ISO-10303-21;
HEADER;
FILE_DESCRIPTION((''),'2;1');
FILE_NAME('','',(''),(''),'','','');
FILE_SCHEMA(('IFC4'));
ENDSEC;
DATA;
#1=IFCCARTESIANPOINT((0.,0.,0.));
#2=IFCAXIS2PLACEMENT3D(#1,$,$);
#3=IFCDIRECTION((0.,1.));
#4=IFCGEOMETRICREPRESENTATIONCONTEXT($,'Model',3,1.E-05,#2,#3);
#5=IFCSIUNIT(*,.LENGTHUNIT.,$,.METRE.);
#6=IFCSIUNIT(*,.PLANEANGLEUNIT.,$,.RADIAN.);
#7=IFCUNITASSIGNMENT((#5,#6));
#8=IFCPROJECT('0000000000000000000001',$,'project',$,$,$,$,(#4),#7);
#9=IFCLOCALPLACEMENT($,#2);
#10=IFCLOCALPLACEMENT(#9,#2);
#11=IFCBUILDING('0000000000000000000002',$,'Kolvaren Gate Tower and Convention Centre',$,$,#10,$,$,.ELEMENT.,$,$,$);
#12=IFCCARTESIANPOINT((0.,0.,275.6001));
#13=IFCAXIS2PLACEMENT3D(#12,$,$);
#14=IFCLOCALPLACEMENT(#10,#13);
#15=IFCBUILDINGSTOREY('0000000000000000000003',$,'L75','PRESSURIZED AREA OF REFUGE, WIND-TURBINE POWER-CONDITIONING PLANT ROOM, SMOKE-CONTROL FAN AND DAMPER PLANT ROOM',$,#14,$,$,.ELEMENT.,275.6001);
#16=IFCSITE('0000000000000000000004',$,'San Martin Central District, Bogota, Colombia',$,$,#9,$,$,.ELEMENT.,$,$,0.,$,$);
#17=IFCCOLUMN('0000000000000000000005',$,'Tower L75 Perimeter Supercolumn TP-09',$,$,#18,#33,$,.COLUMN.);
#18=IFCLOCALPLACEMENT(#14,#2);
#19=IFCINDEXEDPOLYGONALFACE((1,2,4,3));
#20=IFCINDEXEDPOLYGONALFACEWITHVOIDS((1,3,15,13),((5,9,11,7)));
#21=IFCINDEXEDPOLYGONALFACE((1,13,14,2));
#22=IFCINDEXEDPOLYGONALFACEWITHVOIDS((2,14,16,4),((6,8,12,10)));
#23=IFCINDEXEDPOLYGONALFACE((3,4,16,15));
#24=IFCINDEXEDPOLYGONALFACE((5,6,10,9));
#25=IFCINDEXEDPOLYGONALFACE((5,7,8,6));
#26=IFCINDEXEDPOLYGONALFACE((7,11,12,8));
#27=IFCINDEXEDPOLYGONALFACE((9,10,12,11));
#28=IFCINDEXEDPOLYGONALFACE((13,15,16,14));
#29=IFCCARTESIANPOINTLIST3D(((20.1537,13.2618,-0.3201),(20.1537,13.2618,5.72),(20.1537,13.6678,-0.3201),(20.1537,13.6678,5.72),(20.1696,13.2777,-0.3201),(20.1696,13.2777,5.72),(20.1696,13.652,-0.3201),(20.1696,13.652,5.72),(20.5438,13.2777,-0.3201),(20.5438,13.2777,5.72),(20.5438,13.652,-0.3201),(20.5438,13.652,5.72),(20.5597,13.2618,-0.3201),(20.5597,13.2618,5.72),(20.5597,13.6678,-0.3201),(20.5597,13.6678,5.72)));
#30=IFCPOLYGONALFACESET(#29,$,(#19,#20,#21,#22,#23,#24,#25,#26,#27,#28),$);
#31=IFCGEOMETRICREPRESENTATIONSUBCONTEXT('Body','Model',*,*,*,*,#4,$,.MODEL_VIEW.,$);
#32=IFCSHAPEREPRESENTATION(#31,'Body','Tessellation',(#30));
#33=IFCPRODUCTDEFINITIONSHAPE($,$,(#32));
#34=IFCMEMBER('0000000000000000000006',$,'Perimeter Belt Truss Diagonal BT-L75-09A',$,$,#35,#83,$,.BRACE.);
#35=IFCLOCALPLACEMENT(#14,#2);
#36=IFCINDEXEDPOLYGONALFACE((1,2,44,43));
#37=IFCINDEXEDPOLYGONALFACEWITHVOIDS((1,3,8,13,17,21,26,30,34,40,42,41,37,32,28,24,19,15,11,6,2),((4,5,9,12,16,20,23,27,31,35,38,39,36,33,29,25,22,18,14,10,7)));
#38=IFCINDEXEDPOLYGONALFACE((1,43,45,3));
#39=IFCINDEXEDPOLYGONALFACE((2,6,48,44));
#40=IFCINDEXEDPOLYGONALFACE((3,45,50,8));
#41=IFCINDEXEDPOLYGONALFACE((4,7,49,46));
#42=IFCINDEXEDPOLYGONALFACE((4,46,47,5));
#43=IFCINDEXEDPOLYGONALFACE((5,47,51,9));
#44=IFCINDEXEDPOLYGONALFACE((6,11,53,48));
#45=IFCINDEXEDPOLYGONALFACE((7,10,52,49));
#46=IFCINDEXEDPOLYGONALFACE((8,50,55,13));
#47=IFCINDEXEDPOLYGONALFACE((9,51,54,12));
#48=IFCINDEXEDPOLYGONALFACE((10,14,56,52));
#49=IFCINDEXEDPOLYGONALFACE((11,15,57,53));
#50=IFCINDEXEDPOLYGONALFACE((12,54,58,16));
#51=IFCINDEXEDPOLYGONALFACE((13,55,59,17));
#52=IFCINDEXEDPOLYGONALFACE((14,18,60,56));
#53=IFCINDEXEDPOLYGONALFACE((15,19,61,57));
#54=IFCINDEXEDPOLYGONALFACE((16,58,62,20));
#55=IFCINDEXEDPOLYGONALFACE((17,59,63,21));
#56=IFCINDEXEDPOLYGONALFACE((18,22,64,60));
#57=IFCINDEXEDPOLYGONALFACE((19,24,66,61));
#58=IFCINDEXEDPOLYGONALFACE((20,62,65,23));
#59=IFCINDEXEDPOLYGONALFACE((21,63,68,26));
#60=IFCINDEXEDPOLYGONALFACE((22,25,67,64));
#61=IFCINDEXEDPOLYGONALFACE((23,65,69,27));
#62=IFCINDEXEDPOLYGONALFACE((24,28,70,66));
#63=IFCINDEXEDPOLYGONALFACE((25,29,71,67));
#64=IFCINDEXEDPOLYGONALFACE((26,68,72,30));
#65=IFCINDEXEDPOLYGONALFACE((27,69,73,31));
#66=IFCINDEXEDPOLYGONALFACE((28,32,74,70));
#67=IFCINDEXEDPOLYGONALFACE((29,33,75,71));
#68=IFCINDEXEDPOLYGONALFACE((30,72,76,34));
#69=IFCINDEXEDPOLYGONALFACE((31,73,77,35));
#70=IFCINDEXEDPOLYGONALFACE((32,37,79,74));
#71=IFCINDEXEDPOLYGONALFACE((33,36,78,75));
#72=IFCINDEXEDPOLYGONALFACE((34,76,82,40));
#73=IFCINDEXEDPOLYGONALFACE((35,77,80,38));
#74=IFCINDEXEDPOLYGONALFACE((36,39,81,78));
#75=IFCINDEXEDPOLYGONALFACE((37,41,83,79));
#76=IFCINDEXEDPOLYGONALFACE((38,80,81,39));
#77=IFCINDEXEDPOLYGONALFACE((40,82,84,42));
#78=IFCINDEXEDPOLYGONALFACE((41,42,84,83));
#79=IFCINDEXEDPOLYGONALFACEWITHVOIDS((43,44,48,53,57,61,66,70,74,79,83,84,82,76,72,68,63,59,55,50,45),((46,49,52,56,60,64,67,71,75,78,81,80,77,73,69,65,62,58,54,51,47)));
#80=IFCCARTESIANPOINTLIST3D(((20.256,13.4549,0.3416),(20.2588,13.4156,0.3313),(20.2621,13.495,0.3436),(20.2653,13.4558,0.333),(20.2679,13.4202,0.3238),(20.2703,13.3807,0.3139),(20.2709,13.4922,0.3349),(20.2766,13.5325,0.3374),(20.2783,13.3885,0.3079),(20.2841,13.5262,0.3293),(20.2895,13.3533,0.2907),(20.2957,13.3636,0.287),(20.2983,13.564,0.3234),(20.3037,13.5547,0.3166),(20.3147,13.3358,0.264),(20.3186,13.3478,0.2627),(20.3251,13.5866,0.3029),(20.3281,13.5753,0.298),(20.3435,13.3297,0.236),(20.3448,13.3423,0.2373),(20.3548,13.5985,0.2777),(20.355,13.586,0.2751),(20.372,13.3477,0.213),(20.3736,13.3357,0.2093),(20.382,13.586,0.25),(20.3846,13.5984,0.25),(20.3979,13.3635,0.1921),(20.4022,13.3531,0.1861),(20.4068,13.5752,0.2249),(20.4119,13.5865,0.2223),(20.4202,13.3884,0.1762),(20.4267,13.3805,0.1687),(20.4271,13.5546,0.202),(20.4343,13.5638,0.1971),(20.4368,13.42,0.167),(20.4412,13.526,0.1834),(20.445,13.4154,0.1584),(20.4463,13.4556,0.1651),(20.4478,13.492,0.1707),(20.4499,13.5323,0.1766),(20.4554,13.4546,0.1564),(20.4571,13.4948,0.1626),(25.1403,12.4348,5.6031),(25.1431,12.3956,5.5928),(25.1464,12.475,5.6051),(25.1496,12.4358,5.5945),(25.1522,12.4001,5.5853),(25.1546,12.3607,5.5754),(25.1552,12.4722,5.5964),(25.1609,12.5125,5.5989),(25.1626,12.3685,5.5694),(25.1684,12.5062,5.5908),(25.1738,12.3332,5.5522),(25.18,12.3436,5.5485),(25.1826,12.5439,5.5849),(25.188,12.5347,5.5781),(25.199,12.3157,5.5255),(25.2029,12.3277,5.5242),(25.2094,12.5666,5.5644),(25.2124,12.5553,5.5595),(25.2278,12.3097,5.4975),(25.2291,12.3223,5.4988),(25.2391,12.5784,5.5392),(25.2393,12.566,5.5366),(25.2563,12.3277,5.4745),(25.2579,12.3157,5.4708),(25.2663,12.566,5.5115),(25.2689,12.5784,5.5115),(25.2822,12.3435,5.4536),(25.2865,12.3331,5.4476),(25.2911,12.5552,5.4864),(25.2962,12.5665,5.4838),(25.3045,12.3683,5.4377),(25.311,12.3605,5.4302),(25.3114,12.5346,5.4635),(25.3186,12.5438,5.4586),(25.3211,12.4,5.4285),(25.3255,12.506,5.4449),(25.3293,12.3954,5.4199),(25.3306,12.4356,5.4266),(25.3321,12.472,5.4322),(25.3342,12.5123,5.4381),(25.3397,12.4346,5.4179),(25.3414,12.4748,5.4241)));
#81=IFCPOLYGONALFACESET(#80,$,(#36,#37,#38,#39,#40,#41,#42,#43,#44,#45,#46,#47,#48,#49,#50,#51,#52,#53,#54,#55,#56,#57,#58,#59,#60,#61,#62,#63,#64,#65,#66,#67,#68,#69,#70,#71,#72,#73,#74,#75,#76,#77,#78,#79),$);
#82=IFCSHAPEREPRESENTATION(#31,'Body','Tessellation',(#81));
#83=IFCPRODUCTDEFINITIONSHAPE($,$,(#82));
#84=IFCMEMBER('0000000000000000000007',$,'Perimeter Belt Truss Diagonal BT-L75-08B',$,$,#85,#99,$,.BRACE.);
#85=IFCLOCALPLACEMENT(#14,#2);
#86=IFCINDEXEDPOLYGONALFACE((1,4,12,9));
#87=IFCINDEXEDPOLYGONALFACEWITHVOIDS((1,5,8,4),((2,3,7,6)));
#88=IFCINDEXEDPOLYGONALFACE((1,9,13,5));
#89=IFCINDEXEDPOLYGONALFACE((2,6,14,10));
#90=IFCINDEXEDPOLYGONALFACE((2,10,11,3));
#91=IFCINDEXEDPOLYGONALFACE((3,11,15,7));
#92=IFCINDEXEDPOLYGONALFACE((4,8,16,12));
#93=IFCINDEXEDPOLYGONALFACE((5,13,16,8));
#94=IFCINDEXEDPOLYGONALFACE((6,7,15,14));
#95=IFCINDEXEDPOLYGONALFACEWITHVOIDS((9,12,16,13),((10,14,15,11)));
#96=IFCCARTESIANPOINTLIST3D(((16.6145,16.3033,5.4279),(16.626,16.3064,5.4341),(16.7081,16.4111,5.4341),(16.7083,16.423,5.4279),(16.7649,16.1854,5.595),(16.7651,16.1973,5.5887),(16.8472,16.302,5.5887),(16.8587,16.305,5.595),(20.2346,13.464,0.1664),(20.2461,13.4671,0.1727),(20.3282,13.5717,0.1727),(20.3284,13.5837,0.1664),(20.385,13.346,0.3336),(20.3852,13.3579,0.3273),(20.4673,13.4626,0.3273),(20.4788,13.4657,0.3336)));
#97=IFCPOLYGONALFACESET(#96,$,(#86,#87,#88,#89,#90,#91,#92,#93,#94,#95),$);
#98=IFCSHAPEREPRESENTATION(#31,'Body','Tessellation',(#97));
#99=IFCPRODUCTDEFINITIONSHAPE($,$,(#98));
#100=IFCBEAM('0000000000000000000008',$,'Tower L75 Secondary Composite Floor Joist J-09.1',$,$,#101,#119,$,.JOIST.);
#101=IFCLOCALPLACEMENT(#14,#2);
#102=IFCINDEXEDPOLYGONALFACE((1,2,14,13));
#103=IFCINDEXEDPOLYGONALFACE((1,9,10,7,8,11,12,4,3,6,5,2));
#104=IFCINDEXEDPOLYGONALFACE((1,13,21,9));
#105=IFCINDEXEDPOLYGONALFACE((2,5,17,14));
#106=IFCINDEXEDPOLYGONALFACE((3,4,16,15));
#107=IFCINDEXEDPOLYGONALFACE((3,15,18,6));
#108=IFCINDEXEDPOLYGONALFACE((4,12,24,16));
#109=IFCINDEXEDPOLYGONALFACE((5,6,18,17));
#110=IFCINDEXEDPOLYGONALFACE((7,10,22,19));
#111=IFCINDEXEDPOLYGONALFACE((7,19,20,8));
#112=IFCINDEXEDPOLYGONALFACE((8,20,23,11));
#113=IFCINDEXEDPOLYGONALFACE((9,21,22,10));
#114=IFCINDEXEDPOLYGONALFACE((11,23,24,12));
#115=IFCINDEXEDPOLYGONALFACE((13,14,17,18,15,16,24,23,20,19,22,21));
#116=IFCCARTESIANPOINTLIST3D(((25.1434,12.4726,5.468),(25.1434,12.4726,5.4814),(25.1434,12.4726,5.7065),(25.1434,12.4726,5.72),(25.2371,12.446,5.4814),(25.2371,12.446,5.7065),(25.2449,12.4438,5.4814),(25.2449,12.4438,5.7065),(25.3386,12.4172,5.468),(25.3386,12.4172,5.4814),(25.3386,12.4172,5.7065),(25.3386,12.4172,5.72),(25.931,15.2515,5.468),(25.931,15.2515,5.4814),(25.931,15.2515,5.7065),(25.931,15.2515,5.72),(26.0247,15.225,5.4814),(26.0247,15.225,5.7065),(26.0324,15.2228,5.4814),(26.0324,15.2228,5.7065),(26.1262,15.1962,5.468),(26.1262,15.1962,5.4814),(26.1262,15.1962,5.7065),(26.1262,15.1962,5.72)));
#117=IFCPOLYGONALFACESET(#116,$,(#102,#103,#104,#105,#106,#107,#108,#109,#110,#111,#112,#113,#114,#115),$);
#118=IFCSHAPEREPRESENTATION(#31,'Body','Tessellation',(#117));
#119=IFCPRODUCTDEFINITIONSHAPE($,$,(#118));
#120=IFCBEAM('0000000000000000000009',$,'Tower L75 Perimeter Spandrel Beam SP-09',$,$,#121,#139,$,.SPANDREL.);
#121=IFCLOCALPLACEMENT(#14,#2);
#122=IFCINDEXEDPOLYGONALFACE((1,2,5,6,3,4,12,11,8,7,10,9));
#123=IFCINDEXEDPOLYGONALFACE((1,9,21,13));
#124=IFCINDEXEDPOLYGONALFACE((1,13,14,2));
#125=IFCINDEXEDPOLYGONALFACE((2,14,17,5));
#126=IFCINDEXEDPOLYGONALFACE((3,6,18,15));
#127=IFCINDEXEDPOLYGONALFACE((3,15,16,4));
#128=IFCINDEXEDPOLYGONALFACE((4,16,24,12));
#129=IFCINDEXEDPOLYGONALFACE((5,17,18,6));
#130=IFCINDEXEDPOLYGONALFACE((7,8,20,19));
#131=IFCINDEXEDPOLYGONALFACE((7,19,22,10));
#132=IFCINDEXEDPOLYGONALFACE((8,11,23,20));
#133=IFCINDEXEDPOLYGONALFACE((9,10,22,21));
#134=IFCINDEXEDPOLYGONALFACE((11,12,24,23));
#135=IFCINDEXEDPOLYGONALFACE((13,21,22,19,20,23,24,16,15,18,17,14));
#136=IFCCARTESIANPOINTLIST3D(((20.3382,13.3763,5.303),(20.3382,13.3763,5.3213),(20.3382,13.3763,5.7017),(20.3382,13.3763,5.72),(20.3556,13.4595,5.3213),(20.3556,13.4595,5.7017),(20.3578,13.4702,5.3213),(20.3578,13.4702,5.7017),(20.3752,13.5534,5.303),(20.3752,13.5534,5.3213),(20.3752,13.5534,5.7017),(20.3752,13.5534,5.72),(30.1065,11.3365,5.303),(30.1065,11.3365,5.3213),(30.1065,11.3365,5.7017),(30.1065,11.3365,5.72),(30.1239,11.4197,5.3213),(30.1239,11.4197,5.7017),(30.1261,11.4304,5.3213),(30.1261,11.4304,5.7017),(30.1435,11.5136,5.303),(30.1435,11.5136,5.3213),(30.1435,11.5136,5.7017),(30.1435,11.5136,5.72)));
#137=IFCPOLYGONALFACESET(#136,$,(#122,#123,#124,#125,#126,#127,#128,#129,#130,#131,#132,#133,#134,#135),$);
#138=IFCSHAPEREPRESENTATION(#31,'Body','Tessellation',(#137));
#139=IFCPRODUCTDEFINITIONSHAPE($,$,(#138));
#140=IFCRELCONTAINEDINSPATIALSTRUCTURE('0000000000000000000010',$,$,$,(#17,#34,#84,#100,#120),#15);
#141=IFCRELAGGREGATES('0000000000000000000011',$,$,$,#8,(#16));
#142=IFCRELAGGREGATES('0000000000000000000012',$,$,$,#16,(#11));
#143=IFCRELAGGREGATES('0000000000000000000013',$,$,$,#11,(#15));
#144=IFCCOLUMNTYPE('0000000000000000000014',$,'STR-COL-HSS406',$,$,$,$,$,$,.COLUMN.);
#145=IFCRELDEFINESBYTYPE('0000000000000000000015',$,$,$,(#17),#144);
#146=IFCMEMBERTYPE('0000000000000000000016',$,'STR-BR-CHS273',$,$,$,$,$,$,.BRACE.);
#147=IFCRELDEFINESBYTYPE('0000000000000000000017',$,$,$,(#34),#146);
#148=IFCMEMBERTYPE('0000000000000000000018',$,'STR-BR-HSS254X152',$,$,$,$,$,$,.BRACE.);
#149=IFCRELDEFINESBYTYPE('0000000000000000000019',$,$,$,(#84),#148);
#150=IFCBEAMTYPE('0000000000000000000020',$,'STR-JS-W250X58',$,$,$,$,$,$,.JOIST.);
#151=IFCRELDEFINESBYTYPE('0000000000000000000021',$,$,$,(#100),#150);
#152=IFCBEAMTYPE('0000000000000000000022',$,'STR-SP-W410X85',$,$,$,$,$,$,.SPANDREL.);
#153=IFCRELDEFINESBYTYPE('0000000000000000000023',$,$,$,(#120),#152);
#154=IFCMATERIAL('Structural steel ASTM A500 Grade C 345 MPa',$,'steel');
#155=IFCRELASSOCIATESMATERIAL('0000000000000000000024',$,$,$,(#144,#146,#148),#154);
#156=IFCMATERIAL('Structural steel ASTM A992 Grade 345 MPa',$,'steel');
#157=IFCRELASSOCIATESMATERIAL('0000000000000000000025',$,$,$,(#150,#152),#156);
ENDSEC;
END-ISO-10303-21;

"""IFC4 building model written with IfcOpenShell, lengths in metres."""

from ifc_helpers import new_model, si_unit, direction, frame, origin, origin_2d, place, context, subcontext, project, spatial, hollow_rectangle, hollow_circle, i_section, extrude, material, material_profile, profile_set, type_object, element, save


model = new_model("IFC4")

# Units and contexts
model_context = context("Model", 3, precision=1e-05, world=origin(), true_north=direction((0.0, 1.0)))
body_context = subcontext(model_context, "Body", "Model", "MODEL_VIEW")
ifc_project = project(units=[si_unit("LENGTHUNIT", "METRE"), si_unit("PLANEANGLEUNIT", "RADIAN")], contexts=[model_context])

# Site, building, storey
site_placement = place(None, origin())
site = spatial("IfcSite", under=ifc_project, at=site_placement, Name="San Martin Central District, Bogota, Colombia", CompositionType="ELEMENT", RefElevation=0.0)
building_placement = place(site_placement, origin())
building = spatial("IfcBuilding", under=site, at=building_placement, Name="Kolvaren Gate Tower and Convention Centre", CompositionType="ELEMENT")
storey_placement = place(building_placement, frame((0.0, 0.0, 275.6001)))
storey = spatial("IfcBuildingStorey", under=building, at=storey_placement, Name="L75", Description="PRESSURIZED AREA OF REFUGE, WIND-TURBINE POWER-CONDITIONING PLANT ROOM, SMOKE-CONTROL FAN AND DAMPER PLANT ROOM", CompositionType="ELEMENT", Elevation=275.6001)

# Column
ifc_material_1 = material(Name="Structural steel ASTM A500 Grade C 345 MPa", Category="steel")
ifc_material_profile_1 = material_profile(ifc_material_1, hollow_rectangle(XDim=0.406, YDim=0.406, WallThickness=0.0159, at=origin_2d()), Name="HSS406X406X15.9")
ifc_profile_set_1 = profile_set([ifc_material_profile_1], Name="Structural steel ASTM A500 Grade C 345 MPa")
column_type = type_object("IfcColumnType", Name="STR-COL-HSS406", PredefinedType="COLUMN", material=ifc_profile_set_1)
column_placement = place(storey_placement, frame((20.3567, 13.4648, -0.3201), z_axis=(0.0, 0.0, 1.0), x_axis=(1.0, 0.0, 0.0)))
element("IfcColumn", 1, at=column_placement, inside=storey, type_object=column_type, Name="Tower L75 Perimeter Supercolumn TP-09", PredefinedType="COLUMN", context=body_context, shape_type="SweptSolid", body=[
    extrude(hollow_rectangle(XDim=0.406, YDim=0.406, WallThickness=0.0159, at=origin_2d()), origin(), (0.0, 0.0, 1.0), 6.04),
])

# Members
ifc_material_profile_2 = material_profile(ifc_material_1, hollow_circle(Radius=0.1365, WallThickness=0.0127, at=origin_2d()), Name="CHS273X12.7")
ifc_profile_set_2 = profile_set([ifc_material_profile_2], Name="Structural steel ASTM A500 Grade C 345 MPa")
member_type_1 = type_object("IfcMemberType", Name="STR-BR-CHS273", PredefinedType="BRACE", material=ifc_profile_set_2)
member_1_placement = place(storey_placement, frame((20.3567, 13.4648, 0.25), z_axis=(0.673583, -0.140669, 0.725602), x_axis=(0.204427, 0.978882, 0.0)))
element("IfcMember", 2, at=member_1_placement, inside=storey, type_object=member_type_1, Name="Perimeter Belt Truss Diagonal BT-L75-09A", PredefinedType="BRACE", context=body_context, shape_type="SweptSolid", body=[
    extrude(hollow_circle(Radius=0.1365, WallThickness=0.0127, at=origin_2d()), origin(), (0.0, 0.0, 1.0), 7.2512),
])
ifc_material_profile_3 = material_profile(ifc_material_1, hollow_rectangle(XDim=0.1521, YDim=0.2539, WallThickness=0.0095, at=origin_2d()), Name="HSS254X152X9.5")
ifc_profile_set_3 = profile_set([ifc_material_profile_3], Name="Structural steel ASTM A500 Grade C 345 MPa")
member_type_2 = type_object("IfcMemberType", Name="STR-BR-HSS254X152", PredefinedType="BRACE", material=ifc_profile_set_3)
member_2_placement = place(storey_placement, frame((20.3567, 13.4648, 0.25), z_axis=(-0.517951, 0.406243, 0.75279), x_axis=(-0.617146, -0.786848, 0.0)))
element("IfcMember", 3, at=member_2_placement, inside=storey, type_object=member_type_2, Name="Perimeter Belt Truss Diagonal BT-L75-08B", PredefinedType="BRACE", context=body_context, shape_type="SweptSolid", body=[
    extrude(hollow_rectangle(XDim=0.1521, YDim=0.2539, WallThickness=0.0095, at=origin_2d()), origin(), (0.0, 0.0, 1.0), 6.9893),
])

# Beams
ifc_material_2 = material(Name="Structural steel ASTM A992 Grade 345 MPa", Category="steel")
ifc_material_profile_4 = material_profile(ifc_material_2, i_section(OverallWidth=0.2029, OverallDepth=0.252, WebThickness=0.0081, FlangeThickness=0.0134, at=origin_2d()), Name="W250X58")
ifc_profile_set_4 = profile_set([ifc_material_profile_4], Name="Structural steel ASTM A992 Grade 345 MPa")
beam_type_1 = type_object("IfcBeamType", Name="STR-JS-W250X58", PredefinedType="JOIST", material=ifc_profile_set_4)
beam_1_placement = place(storey_placement, frame((26.0286, 15.2239, 5.594), z_axis=(-0.272666, -0.962109, 0.0), x_axis=(0.962109, -0.272666, 0.0)))
element("IfcBeam", 4, at=beam_1_placement, inside=storey, type_object=beam_type_1, Name="Tower L75 Secondary Composite Floor Joist J-09.1", PredefinedType="JOIST", context=body_context, shape_type="SweptSolid", body=[
    extrude(i_section(OverallWidth=0.2029, OverallDepth=0.252, WebThickness=0.0081, FlangeThickness=0.0134, at=origin_2d()), origin(), (0.0, 0.0, 1.0), 2.8884),
])
ifc_material_profile_5 = material_profile(ifc_material_2, i_section(OverallWidth=0.1809, OverallDepth=0.417, WebThickness=0.011, FlangeThickness=0.0183, at=origin_2d()), Name="W410X85")
ifc_profile_set_5 = profile_set([ifc_material_profile_5], Name="Structural steel ASTM A992 Grade 345 MPa")
beam_type_2 = type_object("IfcBeamType", Name="STR-SP-W410X85", PredefinedType="SPANDREL", material=ifc_profile_set_5)
beam_2_placement = place(storey_placement, frame((20.3567, 13.4648, 5.5115), z_axis=(0.978886, -0.204409, 0.0), x_axis=(0.204409, 0.978886, 0.0)))
element("IfcBeam", 5, at=beam_2_placement, inside=storey, type_object=beam_type_2, Name="Tower L75 Perimeter Spandrel Beam SP-09", PredefinedType="SPANDREL", context=body_context, shape_type="SweptSolid", body=[
    extrude(i_section(OverallWidth=0.1809, OverallDepth=0.417, WebThickness=0.011, FlangeThickness=0.0183, at=origin_2d()), origin(), (0.0, 0.0, 1.0), 9.979),
])

save(model, "model.ifc")
